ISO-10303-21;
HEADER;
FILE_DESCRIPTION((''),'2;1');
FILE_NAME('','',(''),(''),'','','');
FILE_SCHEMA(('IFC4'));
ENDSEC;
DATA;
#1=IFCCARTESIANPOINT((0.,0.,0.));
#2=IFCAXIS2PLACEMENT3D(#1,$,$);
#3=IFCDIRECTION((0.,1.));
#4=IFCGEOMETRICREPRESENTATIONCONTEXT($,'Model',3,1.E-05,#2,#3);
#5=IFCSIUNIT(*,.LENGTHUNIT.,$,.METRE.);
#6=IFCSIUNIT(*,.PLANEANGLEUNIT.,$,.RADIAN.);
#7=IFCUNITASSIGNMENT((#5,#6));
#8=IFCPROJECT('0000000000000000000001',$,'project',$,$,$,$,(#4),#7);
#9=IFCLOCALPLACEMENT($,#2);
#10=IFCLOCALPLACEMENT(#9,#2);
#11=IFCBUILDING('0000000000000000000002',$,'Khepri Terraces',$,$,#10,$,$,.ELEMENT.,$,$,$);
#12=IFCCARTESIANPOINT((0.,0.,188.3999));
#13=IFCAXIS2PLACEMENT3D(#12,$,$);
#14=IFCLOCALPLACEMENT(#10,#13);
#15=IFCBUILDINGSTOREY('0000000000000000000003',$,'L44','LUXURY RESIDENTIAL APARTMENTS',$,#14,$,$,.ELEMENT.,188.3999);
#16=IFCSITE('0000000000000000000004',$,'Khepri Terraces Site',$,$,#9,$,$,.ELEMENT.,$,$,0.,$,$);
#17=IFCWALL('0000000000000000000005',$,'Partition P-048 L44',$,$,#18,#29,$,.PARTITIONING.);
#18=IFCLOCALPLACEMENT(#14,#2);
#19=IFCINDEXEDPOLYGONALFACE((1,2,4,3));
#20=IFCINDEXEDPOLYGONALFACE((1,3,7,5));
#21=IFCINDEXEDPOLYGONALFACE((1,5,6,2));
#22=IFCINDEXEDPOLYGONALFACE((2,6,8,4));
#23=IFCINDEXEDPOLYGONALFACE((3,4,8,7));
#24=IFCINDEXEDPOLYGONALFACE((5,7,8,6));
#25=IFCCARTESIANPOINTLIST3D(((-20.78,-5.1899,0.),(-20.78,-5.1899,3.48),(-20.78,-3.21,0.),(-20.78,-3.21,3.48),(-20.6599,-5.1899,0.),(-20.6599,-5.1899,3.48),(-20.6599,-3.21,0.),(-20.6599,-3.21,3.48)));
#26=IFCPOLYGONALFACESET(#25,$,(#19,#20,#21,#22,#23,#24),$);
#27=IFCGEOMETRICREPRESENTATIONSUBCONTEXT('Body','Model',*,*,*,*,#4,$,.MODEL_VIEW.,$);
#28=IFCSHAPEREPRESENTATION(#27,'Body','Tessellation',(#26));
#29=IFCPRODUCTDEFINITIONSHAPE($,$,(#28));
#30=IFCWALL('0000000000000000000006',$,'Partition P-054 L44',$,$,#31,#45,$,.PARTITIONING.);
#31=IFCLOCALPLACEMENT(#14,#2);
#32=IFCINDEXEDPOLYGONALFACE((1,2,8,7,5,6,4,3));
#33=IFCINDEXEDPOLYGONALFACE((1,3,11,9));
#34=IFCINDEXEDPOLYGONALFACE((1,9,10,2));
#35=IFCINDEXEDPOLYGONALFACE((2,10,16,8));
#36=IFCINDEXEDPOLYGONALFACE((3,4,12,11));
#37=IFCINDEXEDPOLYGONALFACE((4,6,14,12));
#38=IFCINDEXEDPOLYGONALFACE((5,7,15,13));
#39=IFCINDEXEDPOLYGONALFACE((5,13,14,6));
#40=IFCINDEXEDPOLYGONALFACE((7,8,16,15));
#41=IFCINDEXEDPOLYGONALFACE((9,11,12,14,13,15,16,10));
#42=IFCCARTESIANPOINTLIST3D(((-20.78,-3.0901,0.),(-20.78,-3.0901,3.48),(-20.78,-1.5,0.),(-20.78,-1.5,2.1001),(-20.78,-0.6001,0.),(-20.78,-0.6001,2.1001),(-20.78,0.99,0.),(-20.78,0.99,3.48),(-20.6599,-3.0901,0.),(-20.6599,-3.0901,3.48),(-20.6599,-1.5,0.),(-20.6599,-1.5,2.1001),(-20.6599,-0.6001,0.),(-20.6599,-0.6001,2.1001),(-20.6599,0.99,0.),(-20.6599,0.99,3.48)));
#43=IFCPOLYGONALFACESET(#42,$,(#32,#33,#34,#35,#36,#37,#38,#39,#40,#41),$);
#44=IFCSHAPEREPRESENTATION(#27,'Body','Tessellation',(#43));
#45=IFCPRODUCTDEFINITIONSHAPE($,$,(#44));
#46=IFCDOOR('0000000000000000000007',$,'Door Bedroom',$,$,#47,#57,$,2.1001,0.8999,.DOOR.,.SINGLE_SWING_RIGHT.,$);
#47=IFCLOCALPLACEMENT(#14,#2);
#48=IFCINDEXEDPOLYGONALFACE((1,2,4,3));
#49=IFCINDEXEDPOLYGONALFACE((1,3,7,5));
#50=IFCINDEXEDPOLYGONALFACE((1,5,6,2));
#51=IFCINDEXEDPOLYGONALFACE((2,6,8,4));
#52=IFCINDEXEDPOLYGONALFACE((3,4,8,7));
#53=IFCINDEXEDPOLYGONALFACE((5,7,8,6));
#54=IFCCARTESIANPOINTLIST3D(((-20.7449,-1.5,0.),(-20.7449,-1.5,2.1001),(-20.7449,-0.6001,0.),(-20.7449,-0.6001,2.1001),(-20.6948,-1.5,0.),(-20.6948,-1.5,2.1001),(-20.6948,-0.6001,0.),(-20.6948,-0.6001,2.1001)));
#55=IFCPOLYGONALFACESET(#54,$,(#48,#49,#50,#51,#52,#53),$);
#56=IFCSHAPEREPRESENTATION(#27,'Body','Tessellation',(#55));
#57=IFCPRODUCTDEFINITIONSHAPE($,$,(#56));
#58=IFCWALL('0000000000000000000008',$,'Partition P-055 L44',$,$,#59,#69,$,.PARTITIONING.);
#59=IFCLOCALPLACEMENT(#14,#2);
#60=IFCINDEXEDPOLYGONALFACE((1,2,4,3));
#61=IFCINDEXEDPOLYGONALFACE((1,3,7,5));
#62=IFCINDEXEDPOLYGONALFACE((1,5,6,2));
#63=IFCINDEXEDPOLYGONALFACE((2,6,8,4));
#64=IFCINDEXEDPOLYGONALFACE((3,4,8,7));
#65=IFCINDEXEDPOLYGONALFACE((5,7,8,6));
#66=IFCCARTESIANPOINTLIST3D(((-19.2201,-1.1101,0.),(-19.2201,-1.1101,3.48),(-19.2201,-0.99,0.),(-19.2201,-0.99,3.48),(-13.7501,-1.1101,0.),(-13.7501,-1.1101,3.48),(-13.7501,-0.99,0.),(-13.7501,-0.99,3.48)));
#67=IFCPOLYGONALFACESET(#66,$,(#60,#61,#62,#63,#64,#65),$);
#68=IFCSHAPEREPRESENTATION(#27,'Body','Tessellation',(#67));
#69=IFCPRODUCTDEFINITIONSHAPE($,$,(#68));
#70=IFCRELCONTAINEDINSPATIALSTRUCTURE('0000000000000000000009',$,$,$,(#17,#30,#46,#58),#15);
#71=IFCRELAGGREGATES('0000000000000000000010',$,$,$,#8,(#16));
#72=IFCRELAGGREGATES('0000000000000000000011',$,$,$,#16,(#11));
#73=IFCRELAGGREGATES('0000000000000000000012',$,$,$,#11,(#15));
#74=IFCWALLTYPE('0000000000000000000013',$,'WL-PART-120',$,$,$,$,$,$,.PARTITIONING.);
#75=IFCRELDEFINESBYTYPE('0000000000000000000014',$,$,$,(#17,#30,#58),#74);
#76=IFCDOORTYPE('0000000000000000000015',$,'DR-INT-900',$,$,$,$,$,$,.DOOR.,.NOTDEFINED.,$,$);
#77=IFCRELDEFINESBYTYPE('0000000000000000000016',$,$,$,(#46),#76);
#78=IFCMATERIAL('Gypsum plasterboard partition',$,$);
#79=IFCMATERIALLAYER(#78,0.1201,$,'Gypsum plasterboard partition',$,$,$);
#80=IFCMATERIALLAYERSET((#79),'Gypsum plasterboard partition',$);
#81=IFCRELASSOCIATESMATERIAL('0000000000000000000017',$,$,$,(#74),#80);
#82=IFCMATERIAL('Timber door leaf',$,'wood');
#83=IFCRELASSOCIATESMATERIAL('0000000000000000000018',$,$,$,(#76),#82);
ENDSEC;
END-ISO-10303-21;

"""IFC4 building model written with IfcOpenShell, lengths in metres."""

from ifc_helpers import new_model, si_unit, direction, frame, frame_2d, origin, place, context, subcontext, project, spatial, rectangle, extrude, material, layer, layer_set, type_object, element, fill, save


model = new_model("IFC4")

# Units and contexts
model_context = context("Model", 3, precision=1e-05, world=origin(), true_north=direction((0.0, 1.0)))
body_context = subcontext(model_context, "Body", "Model", "MODEL_VIEW")
ifc_project = project(units=[si_unit("LENGTHUNIT", "METRE"), si_unit("PLANEANGLEUNIT", "RADIAN")], contexts=[model_context])

# Site, building, storey
site_placement = place(None, origin())
site = spatial("IfcSite", under=ifc_project, at=site_placement, Name="Khepri Terraces Site", CompositionType="ELEMENT", RefElevation=0.0)
building_placement = place(site_placement, origin())
building = spatial("IfcBuilding", under=site, at=building_placement, Name="Khepri Terraces", CompositionType="ELEMENT")
storey_placement = place(building_placement, frame((0.0, 0.0, 188.3999)))
storey = spatial("IfcBuildingStorey", under=building, at=storey_placement, Name="L44", Description="LUXURY RESIDENTIAL APARTMENTS", CompositionType="ELEMENT", Elevation=188.3999)

# Shared definitions
ifc_material_1 = material(Name="Gypsum plasterboard partition")
ifc_layer_1 = layer(ifc_material_1, 0.1201, Name="Gypsum plasterboard partition")
ifc_layer_set_1 = layer_set([ifc_layer_1], Name="Gypsum plasterboard partition")
wall_type_1 = type_object("IfcWallType", Name="WL-PART-120", PredefinedType="PARTITIONING", material=ifc_layer_set_1)

# Shared definitions
ifc_material_2 = material(Name="Timber door leaf", Category="wood")
door_type_1 = type_object("IfcDoorType", Name="DR-INT-900", OperationType="NOTDEFINED", PredefinedType="DOOR", material=ifc_material_2)

# Wall
wall_1_placement = place(storey_placement, frame((-20.72, -5.1899, 0.0), z_axis=(0.0, 0.0, 1.0), x_axis=(0.0, 1.0, 0.0)))
element("IfcWall", 1, at=wall_1_placement, inside=storey, type_object=wall_type_1, Name="Partition P-048 L44", PredefinedType="PARTITIONING", context=body_context, shape_type="SweptSolid", body=[
    extrude(rectangle(XDim=1.98, YDim=0.1201, at=frame_2d((0.99, 0.0))), origin(), (0.0, 0.0, 1.0), 3.48),
])

# Wall, opening, door
wall_2_placement = place(storey_placement, frame((-20.72, -3.0901, 0.0), z_axis=(0.0, 0.0, 1.0), x_axis=(0.0, 1.0, 0.0)))
wall_2 = element("IfcWall", 2, at=wall_2_placement, inside=storey, type_object=wall_type_1, Name="Partition P-054 L44", PredefinedType="PARTITIONING", context=body_context, shape_type="SweptSolid", body=[
    extrude(rectangle(XDim=4.0801, YDim=0.1201, at=frame_2d((2.04, 0.0))), origin(), (0.0, 0.0, 1.0), 3.48),
])
opening_1_placement = place(wall_2_placement, frame((1.5901, 0.0, 0.0)))
opening_1 = element("IfcOpeningElement", 3, at=opening_1_placement, cuts=wall_2, PredefinedType="OPENING", context=body_context, shape_type="SweptSolid", body=[
    extrude(rectangle(XDim=0.8999, YDim=2.1001, at=frame_2d((0.45, 1.05))), frame((0.0, 0.0701, 0.0), z_axis=(0.0, -1.0, 0.0), x_axis=(1.0, 0.0, 0.0)), (0.0, 0.0, 1.0), 0.1401),
])
door_1_placement = place(opening_1_placement, origin())
door_1 = element("IfcDoor", 4, at=door_1_placement, inside=storey, type_object=door_type_1, Name="Door Bedroom", OperationType="SINGLE_SWING_RIGHT", OverallHeight=2.1001, OverallWidth=0.8999, PredefinedType="DOOR", context=body_context, shape_type="SweptSolid", body=[
    extrude(rectangle(XDim=0.8999, YDim=2.1001, at=frame_2d((0.45, 1.05))), frame((0.0, 0.0249, 0.0), z_axis=(0.0, -1.0, 0.0), x_axis=(1.0, 0.0, 0.0)), (0.0, 0.0, 1.0), 0.05),
])
fill(opening_1, door_1)

# Wall
wall_3_placement = place(storey_placement, frame((-19.22, -1.05, 0.0), z_axis=(0.0, 0.0, 1.0), x_axis=(1.0, 0.0, 0.0)))
element("IfcWall", 5, at=wall_3_placement, inside=storey, type_object=wall_type_1, Name="Partition P-055 L44", PredefinedType="PARTITIONING", context=body_context, shape_type="SweptSolid", body=[
    extrude(rectangle(XDim=5.47, YDim=0.1201, at=frame_2d((2.7349, 0.0))), origin(), (0.0, 0.0, 1.0), 3.48),
])

save(model, "model.ifc")
